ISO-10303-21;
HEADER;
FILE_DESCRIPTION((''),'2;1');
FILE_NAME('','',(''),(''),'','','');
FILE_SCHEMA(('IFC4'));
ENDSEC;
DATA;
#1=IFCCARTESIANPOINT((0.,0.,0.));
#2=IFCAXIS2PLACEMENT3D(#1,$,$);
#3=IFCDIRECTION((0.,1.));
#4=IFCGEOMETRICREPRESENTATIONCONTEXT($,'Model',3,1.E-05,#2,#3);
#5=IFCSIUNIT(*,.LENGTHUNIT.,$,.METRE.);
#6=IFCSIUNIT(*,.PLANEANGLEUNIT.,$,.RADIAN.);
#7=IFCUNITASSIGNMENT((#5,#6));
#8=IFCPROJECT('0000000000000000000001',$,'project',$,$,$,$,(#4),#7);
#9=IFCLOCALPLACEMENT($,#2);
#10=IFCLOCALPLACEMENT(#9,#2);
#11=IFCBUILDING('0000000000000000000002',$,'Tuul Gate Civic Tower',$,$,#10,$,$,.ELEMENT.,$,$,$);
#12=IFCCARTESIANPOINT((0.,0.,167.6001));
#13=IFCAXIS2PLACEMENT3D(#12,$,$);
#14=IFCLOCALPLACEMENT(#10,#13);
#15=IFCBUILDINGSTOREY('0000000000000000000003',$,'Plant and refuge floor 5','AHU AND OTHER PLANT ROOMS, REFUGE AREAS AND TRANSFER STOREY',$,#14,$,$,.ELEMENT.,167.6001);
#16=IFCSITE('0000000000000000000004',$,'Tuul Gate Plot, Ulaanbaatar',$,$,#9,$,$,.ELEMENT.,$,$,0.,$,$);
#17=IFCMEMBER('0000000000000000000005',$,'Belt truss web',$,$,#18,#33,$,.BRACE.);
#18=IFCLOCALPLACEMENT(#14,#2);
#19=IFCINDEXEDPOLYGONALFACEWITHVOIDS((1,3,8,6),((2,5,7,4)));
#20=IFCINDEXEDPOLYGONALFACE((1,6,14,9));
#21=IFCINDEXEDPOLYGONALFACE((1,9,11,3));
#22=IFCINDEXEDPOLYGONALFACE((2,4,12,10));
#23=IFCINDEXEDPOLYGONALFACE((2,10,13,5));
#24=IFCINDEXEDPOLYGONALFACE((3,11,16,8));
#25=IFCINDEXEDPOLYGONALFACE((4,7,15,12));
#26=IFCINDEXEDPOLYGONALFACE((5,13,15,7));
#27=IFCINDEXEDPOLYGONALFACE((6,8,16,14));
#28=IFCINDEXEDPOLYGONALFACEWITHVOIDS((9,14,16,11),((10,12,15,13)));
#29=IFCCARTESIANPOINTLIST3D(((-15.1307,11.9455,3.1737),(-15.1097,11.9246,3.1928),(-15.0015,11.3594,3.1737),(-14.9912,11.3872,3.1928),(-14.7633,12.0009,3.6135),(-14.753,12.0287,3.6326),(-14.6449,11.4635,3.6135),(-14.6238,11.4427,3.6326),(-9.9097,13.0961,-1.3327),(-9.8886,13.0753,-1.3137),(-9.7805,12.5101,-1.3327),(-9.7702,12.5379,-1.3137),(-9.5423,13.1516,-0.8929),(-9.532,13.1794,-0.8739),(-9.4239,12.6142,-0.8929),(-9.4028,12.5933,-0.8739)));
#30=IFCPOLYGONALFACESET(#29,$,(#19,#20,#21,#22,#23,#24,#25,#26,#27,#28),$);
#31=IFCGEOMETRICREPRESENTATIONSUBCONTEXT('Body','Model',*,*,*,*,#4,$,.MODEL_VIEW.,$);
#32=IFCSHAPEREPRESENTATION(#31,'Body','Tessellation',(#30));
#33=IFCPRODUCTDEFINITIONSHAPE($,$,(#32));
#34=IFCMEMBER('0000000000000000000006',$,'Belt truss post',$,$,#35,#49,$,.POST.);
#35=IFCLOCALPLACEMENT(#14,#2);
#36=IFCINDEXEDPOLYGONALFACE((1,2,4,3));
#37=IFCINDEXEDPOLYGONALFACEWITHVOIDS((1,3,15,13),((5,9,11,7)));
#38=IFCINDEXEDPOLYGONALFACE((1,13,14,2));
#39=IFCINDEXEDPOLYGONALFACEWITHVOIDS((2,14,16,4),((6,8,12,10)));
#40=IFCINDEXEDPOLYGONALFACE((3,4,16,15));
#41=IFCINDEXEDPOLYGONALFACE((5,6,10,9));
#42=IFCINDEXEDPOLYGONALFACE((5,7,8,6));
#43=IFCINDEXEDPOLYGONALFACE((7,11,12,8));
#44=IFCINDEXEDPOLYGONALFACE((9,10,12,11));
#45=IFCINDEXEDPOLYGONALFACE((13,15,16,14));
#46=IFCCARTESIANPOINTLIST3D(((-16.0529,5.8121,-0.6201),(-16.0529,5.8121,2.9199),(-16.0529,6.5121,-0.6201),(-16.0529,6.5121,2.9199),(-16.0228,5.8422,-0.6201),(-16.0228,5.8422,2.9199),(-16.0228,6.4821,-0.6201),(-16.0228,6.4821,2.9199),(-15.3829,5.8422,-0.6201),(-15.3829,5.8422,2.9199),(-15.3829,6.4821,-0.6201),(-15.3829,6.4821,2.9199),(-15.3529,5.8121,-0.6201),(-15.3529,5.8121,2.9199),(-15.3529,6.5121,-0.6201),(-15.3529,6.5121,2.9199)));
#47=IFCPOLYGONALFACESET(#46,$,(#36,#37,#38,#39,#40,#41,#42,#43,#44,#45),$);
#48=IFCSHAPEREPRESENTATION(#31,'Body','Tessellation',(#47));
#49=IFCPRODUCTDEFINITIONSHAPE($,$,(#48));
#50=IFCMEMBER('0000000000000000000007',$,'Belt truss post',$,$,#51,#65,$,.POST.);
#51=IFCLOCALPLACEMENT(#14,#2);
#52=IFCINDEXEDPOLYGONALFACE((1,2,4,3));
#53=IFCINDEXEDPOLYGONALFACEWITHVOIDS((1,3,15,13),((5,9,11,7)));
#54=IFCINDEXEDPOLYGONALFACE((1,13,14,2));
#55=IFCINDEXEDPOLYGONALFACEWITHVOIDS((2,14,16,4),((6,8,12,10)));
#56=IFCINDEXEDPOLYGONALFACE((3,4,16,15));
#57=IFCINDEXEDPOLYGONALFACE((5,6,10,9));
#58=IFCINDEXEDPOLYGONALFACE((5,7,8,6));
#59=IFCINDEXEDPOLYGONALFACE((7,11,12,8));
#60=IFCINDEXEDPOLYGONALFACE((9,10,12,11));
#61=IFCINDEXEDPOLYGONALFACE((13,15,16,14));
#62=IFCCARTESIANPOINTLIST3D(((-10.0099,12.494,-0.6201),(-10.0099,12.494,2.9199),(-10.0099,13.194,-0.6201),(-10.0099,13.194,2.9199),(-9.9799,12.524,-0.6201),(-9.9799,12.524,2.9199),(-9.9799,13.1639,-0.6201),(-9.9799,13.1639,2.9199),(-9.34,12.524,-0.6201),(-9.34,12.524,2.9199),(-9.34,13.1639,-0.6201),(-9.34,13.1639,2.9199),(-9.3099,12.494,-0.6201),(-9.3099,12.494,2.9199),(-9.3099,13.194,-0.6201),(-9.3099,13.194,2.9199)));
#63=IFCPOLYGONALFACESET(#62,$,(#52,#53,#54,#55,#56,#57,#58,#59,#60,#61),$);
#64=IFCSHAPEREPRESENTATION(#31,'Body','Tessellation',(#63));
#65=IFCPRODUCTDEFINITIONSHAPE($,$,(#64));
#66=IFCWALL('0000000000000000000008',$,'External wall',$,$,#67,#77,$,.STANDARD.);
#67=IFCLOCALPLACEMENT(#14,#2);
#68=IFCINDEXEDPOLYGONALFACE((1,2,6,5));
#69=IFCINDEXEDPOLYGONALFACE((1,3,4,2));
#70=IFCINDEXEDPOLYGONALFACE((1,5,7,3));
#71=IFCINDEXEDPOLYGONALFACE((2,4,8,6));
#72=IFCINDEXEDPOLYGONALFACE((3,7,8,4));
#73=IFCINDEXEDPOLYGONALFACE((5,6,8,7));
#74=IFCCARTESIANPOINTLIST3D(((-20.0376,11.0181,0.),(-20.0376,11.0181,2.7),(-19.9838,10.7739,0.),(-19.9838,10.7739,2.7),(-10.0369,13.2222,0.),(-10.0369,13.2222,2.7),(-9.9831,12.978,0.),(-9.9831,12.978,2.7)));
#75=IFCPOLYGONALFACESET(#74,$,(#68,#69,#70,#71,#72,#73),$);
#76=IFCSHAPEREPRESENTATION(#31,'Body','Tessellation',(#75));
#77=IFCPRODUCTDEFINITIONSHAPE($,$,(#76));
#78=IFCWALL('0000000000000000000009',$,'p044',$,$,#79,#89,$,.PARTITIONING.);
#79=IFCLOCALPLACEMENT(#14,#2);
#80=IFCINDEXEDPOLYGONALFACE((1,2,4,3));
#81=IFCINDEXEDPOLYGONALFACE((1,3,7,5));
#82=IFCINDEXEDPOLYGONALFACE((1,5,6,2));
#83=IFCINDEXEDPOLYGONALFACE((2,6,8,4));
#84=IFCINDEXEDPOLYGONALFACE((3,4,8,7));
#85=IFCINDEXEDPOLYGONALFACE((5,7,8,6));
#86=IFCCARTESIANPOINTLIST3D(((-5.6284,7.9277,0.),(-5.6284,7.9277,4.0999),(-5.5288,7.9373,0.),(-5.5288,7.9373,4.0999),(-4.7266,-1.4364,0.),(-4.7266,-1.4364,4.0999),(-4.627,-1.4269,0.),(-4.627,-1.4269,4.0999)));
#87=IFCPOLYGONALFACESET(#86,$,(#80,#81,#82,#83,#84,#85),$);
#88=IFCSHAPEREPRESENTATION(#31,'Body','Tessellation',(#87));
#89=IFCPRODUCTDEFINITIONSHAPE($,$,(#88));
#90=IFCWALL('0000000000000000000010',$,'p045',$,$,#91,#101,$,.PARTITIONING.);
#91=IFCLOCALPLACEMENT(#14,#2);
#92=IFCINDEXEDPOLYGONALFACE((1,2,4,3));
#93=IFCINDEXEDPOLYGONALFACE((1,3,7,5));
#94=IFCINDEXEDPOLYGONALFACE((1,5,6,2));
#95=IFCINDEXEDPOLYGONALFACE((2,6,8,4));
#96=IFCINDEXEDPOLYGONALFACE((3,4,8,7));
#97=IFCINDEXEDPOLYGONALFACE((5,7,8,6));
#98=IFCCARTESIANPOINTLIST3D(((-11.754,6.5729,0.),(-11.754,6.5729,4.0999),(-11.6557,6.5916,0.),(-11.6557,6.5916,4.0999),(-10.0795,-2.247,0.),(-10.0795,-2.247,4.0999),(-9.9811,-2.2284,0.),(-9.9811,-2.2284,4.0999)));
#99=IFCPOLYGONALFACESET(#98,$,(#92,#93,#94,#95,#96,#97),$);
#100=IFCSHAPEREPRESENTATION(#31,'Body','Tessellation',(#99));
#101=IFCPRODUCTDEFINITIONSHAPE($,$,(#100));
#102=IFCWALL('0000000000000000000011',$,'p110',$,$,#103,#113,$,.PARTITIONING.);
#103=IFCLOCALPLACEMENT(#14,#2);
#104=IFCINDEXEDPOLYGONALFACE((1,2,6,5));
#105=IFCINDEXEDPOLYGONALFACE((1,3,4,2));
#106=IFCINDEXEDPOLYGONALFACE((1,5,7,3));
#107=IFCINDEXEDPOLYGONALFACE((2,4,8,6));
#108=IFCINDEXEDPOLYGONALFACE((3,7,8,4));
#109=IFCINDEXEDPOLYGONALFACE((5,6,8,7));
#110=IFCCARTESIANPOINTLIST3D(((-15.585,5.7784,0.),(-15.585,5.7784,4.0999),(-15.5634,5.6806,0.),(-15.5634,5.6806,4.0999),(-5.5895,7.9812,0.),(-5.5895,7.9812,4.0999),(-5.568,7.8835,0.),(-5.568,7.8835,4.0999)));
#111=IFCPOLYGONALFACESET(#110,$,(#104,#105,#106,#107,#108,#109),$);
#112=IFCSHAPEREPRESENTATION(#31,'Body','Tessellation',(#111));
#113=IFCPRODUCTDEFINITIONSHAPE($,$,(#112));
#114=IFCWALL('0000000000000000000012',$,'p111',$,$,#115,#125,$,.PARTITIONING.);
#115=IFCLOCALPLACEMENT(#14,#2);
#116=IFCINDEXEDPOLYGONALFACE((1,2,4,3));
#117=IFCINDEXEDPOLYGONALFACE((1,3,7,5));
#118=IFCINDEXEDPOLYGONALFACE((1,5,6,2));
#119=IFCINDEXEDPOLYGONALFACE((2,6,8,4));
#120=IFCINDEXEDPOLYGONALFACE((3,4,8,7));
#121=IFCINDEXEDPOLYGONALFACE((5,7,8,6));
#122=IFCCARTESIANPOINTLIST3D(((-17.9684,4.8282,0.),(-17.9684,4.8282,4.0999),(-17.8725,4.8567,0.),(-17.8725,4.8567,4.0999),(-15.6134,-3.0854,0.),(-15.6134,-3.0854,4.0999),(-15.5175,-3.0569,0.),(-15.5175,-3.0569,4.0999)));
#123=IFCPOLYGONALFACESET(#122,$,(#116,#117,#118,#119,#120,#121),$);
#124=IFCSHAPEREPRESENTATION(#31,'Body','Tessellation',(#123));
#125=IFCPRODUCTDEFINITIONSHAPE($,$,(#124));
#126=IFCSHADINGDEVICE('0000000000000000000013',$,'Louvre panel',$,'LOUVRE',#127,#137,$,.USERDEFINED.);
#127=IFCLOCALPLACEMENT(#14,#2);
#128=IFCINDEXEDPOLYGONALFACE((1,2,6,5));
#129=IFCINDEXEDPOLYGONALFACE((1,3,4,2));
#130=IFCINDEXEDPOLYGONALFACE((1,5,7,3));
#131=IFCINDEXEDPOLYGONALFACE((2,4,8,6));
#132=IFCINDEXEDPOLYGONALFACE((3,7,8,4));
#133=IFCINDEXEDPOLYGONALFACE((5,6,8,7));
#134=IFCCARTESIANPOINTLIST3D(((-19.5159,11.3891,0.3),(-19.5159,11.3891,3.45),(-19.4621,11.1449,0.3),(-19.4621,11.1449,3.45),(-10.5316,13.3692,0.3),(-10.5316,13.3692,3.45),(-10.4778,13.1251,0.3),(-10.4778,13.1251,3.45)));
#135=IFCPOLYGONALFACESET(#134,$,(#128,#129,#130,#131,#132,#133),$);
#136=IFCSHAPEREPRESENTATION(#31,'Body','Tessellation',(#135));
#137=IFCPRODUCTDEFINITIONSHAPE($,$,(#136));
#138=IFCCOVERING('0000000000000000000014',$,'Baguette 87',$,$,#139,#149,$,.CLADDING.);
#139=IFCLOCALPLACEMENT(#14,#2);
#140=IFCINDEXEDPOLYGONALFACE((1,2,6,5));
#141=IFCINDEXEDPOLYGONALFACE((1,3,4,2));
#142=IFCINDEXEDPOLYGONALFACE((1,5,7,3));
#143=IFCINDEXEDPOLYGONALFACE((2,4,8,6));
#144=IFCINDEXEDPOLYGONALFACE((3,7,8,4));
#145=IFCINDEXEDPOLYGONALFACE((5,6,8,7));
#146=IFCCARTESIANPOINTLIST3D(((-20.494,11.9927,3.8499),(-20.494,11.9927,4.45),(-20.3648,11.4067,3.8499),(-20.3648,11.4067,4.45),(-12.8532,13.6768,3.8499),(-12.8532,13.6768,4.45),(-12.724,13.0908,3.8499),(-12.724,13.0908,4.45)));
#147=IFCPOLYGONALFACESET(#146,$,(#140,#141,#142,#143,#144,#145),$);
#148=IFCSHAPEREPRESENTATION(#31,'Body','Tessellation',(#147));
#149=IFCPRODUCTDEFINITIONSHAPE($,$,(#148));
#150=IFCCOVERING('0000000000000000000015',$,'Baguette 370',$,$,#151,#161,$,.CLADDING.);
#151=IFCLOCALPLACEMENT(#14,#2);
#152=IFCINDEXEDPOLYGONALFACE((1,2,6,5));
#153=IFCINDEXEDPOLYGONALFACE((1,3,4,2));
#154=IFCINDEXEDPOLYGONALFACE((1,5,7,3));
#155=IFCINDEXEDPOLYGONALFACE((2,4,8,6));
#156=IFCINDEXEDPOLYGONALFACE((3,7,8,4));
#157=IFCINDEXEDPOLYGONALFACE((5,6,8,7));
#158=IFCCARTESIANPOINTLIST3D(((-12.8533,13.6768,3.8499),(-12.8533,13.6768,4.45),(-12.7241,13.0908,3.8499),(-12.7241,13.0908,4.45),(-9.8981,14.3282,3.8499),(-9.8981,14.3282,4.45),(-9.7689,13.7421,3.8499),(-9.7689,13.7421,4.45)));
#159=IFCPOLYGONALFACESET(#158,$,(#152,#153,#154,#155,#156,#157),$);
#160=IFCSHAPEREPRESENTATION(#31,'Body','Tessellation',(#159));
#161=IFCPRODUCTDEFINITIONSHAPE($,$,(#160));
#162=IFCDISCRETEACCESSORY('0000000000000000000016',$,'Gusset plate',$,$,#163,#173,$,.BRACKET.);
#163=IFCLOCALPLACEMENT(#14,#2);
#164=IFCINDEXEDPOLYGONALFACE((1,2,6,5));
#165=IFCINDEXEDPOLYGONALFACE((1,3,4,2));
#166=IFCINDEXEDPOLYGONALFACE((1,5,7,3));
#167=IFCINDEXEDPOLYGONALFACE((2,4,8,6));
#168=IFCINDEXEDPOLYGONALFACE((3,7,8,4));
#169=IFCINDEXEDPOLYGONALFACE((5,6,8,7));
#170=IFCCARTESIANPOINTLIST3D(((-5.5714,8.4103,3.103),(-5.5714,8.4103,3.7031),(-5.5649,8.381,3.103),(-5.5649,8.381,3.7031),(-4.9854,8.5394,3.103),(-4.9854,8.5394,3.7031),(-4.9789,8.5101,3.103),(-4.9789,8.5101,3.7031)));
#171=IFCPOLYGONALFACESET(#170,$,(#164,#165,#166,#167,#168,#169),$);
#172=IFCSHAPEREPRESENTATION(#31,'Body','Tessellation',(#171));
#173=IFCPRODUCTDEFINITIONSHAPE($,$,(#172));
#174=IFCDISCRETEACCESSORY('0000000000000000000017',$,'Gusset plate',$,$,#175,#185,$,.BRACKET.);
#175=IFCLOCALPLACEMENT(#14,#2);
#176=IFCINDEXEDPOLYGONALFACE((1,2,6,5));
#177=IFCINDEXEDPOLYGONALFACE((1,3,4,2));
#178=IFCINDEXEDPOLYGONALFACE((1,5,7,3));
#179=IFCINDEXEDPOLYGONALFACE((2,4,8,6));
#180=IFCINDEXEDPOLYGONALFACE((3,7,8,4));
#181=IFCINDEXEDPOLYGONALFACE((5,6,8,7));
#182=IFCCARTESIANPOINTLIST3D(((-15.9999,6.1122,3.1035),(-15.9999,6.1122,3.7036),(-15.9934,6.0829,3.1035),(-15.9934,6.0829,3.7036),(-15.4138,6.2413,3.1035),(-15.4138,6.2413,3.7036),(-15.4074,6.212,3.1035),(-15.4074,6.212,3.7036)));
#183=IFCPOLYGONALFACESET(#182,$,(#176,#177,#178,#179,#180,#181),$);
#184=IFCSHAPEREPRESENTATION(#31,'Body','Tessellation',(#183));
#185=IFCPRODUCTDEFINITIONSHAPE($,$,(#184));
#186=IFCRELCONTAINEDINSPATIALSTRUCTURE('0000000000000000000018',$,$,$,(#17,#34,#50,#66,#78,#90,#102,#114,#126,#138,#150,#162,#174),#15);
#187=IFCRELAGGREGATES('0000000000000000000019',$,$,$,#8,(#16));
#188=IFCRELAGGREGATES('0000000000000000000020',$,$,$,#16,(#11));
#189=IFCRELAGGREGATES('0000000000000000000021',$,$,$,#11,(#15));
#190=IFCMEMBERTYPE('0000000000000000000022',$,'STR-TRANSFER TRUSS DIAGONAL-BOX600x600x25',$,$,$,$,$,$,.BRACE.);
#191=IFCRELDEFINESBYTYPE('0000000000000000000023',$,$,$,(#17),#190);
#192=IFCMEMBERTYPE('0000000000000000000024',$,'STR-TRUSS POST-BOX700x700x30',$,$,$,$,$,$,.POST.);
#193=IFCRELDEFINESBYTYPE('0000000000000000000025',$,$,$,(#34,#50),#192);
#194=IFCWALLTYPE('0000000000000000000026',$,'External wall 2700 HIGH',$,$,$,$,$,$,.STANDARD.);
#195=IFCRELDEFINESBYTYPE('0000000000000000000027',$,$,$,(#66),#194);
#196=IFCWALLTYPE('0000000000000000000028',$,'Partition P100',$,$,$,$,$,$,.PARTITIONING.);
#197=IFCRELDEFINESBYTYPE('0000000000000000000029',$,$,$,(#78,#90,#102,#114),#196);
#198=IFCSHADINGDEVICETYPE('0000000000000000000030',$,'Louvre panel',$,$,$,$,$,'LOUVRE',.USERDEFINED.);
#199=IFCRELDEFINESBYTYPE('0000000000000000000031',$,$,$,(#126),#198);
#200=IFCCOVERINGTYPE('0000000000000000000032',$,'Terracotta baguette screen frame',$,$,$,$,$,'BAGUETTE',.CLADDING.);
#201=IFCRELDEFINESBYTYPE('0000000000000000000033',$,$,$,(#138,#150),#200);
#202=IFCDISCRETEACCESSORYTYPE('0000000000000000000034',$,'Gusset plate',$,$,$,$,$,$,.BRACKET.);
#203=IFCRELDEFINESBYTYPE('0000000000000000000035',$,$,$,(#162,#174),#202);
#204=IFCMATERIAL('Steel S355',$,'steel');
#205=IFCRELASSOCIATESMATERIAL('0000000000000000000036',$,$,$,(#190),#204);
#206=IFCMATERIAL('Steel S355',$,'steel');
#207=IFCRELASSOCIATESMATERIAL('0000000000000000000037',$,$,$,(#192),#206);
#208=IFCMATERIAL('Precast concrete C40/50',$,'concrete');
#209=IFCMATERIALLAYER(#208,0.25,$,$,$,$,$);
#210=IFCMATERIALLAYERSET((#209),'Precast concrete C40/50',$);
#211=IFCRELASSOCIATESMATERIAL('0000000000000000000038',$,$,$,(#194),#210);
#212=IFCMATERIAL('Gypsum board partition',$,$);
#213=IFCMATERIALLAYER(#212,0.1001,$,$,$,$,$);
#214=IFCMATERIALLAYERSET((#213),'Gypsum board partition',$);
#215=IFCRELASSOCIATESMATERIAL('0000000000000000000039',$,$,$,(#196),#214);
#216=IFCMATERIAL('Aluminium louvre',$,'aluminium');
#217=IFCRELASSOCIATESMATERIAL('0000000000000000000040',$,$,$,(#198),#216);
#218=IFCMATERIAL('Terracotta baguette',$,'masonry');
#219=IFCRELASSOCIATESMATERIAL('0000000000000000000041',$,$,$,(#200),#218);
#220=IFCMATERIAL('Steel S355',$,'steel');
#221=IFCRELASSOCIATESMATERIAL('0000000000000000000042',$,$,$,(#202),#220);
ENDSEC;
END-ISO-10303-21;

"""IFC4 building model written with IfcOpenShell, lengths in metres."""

from ifc_helpers import new_model, si_unit, direction, frame, frame_2d, origin, origin_2d, place, context, subcontext, project, spatial, rectangle, hollow_rectangle, extrude, material, layer, layer_set, material_profile, profile_set, type_object, element, save


model = new_model("IFC4")

# Units and contexts
model_context = context("Model", 3, precision=1e-05, world=origin(), true_north=direction((0.0, 1.0)))
body_context = subcontext(model_context, "Body", "Model", "MODEL_VIEW")
ifc_project = project(units=[si_unit("LENGTHUNIT", "METRE"), si_unit("PLANEANGLEUNIT", "RADIAN")], contexts=[model_context])

# Site, building, storey
site_placement = place(None, origin())
site = spatial("IfcSite", under=ifc_project, at=site_placement, Name="Tuul Gate Plot, Ulaanbaatar", CompositionType="ELEMENT", RefElevation=0.0)
building_placement = place(site_placement, origin())
building = spatial("IfcBuilding", under=site, at=building_placement, Name="Tuul Gate Civic Tower", CompositionType="ELEMENT")
storey_placement = place(building_placement, frame((0.0, 0.0, 167.6001)))
storey = spatial("IfcBuildingStorey", under=building, at=storey_placement, Name="Plant and refuge floor 5", Description="AHU AND OTHER PLANT ROOMS, REFUGE AREAS AND TRANSFER STOREY", CompositionType="ELEMENT", Elevation=167.6001)

# Members
ifc_material_1 = material(Name="Steel S355", Category="steel")
ifc_material_profile_1 = material_profile(ifc_material_1, hollow_rectangle(XDim=0.6001, YDim=0.6001, WallThickness=0.0249, at=origin_2d()), Name="BOX600x600x25")
ifc_profile_set_1 = profile_set([ifc_material_profile_1], Name="Steel S355")
member_type_1 = type_object("IfcMemberType", Name="STR-TRANSFER TRUSS DIAGONAL-BOX600x600x25", PredefinedType="BRACE", material=ifc_profile_set_1)
for number, where, z_axis, x_axis, name in (
    (1, (-9.6562, 12.8447, -1.1033), (-0.746693, -0.164562, 0.644492), (0.215223, -0.976565, 0.0), "Belt truss web"),
):
    element("IfcMember", number, at=place(storey_placement, frame(where, z_axis=z_axis, x_axis=x_axis)), inside=storey, type_object=member_type_1, Name=name, PredefinedType="BRACE", context=body_context, shape_type="SweptSolid", body=[
        extrude(hollow_rectangle(XDim=0.6001, YDim=0.6001, WallThickness=0.0249, at=origin_2d()), origin(), (0.0, 0.0, 1.0), 6.9922),
    ])
ifc_material_2 = material(Name="Steel S355", Category="steel")
ifc_material_profile_2 = material_profile(ifc_material_2, hollow_rectangle(XDim=0.7, YDim=0.7, WallThickness=0.03, at=origin_2d()), Name="BOX700x700x30")
ifc_profile_set_2 = profile_set([ifc_material_profile_2], Name="Steel S355")
member_type_2 = type_object("IfcMemberType", Name="STR-TRUSS POST-BOX700x700x30", PredefinedType="POST", material=ifc_profile_set_2)
for number, where, z_axis, x_axis, name in (
    (2, (-15.7029, 6.1621, -0.6201), (0.0, 0.0, 1.0), (1.0, 0.0, 0.0), "Belt truss post"),
    (3, (-9.6599, 12.844, -0.6201), (0.0, 0.0, 1.0), (1.0, 0.0, 0.0), "Belt truss post"),
):
    element("IfcMember", number, at=place(storey_placement, frame(where, z_axis=z_axis, x_axis=x_axis)), inside=storey, type_object=member_type_2, Name=name, PredefinedType="POST", context=body_context, shape_type="SweptSolid", body=[
        extrude(hollow_rectangle(XDim=0.7, YDim=0.7, WallThickness=0.03, at=origin_2d()), origin(), (0.0, 0.0, 1.0), 3.54),
    ])

# Walls
ifc_material_3 = material(Name="Precast concrete C40/50", Category="concrete")
ifc_layer_1 = layer(ifc_material_3, 0.25)
ifc_layer_set_1 = layer_set([ifc_layer_1], Name="Precast concrete C40/50")
wall_type_1 = type_object("IfcWallType", Name="External wall 2700 HIGH", PredefinedType="STANDARD", material=ifc_layer_set_1)
wall_1_placement = place(storey_placement, frame((-10.01, 13.1001, 0.0), z_axis=(0.0, 0.0, 1.0), x_axis=(-0.976564, -0.215229, 0.0)))
element("IfcWall", 4, at=wall_1_placement, inside=storey, type_object=wall_type_1, Name="External wall", PredefinedType="STANDARD", context=body_context, shape_type="SweptSolid", body=[
    extrude(rectangle(XDim=10.2407, YDim=0.25, at=frame_2d((5.1204, 0.0))), origin(), (0.0, 0.0, 1.0), 2.7),
])
ifc_material_4 = material(Name="Gypsum board partition")
ifc_layer_2 = layer(ifc_material_4, 0.1001)
ifc_layer_set_2 = layer_set([ifc_layer_2], Name="Gypsum board partition")
wall_type_2 = type_object("IfcWallType", Name="Partition P100", PredefinedType="PARTITIONING", material=ifc_layer_set_2)
wall_2_placement = place(storey_placement, frame((-5.5786, 7.9324, 0.0), z_axis=(0.0, 0.0, 1.0), x_axis=(0.095865, -0.995394, 0.0)))
element("IfcWall", 5, at=wall_2_placement, inside=storey, type_object=wall_type_2, Name="p044", PredefinedType="PARTITIONING", context=body_context, shape_type="SweptSolid", body=[
    extrude(rectangle(XDim=9.4075, YDim=0.1001, at=frame_2d((4.7036, 0.0))), origin(), (0.0, 0.0, 1.0), 4.0999),
])
wall_3_placement = place(storey_placement, frame((-11.7048, 6.5823, 0.0), z_axis=(0.0, 0.0, 1.0), x_axis=(0.186526, -0.98245, 0.0)))
element("IfcWall", 6, at=wall_3_placement, inside=storey, type_object=wall_type_2, Name="p045", PredefinedType="PARTITIONING", context=body_context, shape_type="SweptSolid", body=[
    extrude(rectangle(XDim=8.9775, YDim=0.1001, at=frame_2d((4.4888, 0.0))), origin(), (0.0, 0.0, 1.0), 4.0999),
])
wall_4_placement = place(storey_placement, frame((-15.5742, 5.7295, 0.0), z_axis=(0.0, 0.0, 1.0), x_axis=(0.976566, 0.21522, 0.0)))
element("IfcWall", 7, at=wall_4_placement, inside=storey, type_object=wall_type_2, Name="p110", PredefinedType="PARTITIONING", context=body_context, shape_type="SweptSolid", body=[
    extrude(rectangle(XDim=10.2354, YDim=0.1001, at=frame_2d((5.1177, 0.0))), origin(), (0.0, 0.0, 1.0), 4.0999),
])
wall_5_placement = place(storey_placement, frame((-15.5654, -3.0713, 0.0), z_axis=(0.0, 0.0, 1.0), x_axis=(-0.285226, 0.95846, 0.0)))
element("IfcWall", 8, at=wall_5_placement, inside=storey, type_object=wall_type_2, Name="p111", PredefinedType="PARTITIONING", context=body_context, shape_type="SweptSolid", body=[
    extrude(rectangle(XDim=8.2566, YDim=0.1001, at=frame_2d((4.1284, 0.0))), origin(), (0.0, 0.0, 1.0), 4.0999),
])

# Shading device
ifc_material_5 = material(Name="Aluminium louvre", Category="aluminium")
shading_device_type = type_object("IfcShadingDeviceType", Name="Louvre panel", ElementType="LOUVRE", PredefinedType="USERDEFINED", material=ifc_material_5)
shading_device_placement = place(storey_placement, frame((-14.9968, 12.2571, 0.3), z_axis=(0.0, 0.0, 1.0), x_axis=(-0.215235, 0.976562, 0.0)))
element("IfcShadingDevice", 9, at=shading_device_placement, inside=storey, type_object=shading_device_type, Name="Louvre panel", ObjectType="LOUVRE", PredefinedType="USERDEFINED", context=body_context, shape_type="SweptSolid", body=[
    extrude(rectangle(XDim=0.25, YDim=9.2, at=origin_2d()), origin(), (0.0, 0.0, 1.0), 3.1499),
])

# Coverings
ifc_material_6 = material(Name="Terracotta baguette", Category="masonry")
ifc_material_profile_3 = material_profile(ifc_material_6, rectangle(XDim=0.6001, YDim=0.6001, at=origin_2d()), Name="Terracotta baguette screen frame")
ifc_profile_set_3 = profile_set([ifc_material_profile_3], Name="Terracotta baguette")
covering_type = type_object("IfcCoveringType", Name="Terracotta baguette screen frame", ElementType="BAGUETTE", PredefinedType="CLADDING", material=ifc_profile_set_3)
covering_1_placement = place(storey_placement, frame((-12.7886, 13.3838, 4.1499), z_axis=(-0.976561, -0.215239, 0.0), x_axis=(0.215239, -0.976561, 0.0)))
element("IfcCovering", 10, at=covering_1_placement, inside=storey, type_object=covering_type, Name="Baguette 87", PredefinedType="CLADDING", context=body_context, shape_type="SweptSolid", body=[
    extrude(rectangle(XDim=0.6001, YDim=0.6001, at=origin_2d()), origin(), (0.0, 0.0, 1.0), 7.8242),
])
covering_2_placement = place(storey_placement, frame((-9.8335, 14.0352, 4.1499), z_axis=(-0.976558, -0.215256, 0.0), x_axis=(0.215256, -0.976558, 0.0)))
element("IfcCovering", 11, at=covering_2_placement, inside=storey, type_object=covering_type, Name="Baguette 370", PredefinedType="CLADDING", context=body_context, shape_type="SweptSolid", body=[
    extrude(rectangle(XDim=0.6001, YDim=0.6001, at=origin_2d()), origin(), (0.0, 0.0, 1.0), 3.0261),
])

# Discrete accessories
ifc_material_7 = material(Name="Steel S355", Category="steel")
discrete_accessory_type_1 = type_object("IfcDiscreteAccessoryType", Name="Gusset plate", PredefinedType="BRACKET", material=ifc_material_7)
for number, where, z_axis, x_axis, name in (
    (12, (-5.2751, 8.4602, 3.103), (0.0, 0.0, 1.0), (-0.976569, -0.215205, 0.0), "Gusset plate"),
    (13, (-15.7036, 6.1621, 3.1035), (0.0, 0.0, 1.0), (0.976569, 0.215205, 0.0), "Gusset plate"),
):
    element("IfcDiscreteAccessory", number, at=place(storey_placement, frame(where, z_axis=z_axis, x_axis=x_axis)), inside=storey, type_object=discrete_accessory_type_1, Name=name, PredefinedType="BRACKET", context=body_context, shape_type="SweptSolid", body=[
        extrude(rectangle(XDim=0.6001, YDim=0.03, at=origin_2d()), origin(), (0.0, 0.0, 1.0), 0.6001),
    ])

save(model, "model.ifc")
